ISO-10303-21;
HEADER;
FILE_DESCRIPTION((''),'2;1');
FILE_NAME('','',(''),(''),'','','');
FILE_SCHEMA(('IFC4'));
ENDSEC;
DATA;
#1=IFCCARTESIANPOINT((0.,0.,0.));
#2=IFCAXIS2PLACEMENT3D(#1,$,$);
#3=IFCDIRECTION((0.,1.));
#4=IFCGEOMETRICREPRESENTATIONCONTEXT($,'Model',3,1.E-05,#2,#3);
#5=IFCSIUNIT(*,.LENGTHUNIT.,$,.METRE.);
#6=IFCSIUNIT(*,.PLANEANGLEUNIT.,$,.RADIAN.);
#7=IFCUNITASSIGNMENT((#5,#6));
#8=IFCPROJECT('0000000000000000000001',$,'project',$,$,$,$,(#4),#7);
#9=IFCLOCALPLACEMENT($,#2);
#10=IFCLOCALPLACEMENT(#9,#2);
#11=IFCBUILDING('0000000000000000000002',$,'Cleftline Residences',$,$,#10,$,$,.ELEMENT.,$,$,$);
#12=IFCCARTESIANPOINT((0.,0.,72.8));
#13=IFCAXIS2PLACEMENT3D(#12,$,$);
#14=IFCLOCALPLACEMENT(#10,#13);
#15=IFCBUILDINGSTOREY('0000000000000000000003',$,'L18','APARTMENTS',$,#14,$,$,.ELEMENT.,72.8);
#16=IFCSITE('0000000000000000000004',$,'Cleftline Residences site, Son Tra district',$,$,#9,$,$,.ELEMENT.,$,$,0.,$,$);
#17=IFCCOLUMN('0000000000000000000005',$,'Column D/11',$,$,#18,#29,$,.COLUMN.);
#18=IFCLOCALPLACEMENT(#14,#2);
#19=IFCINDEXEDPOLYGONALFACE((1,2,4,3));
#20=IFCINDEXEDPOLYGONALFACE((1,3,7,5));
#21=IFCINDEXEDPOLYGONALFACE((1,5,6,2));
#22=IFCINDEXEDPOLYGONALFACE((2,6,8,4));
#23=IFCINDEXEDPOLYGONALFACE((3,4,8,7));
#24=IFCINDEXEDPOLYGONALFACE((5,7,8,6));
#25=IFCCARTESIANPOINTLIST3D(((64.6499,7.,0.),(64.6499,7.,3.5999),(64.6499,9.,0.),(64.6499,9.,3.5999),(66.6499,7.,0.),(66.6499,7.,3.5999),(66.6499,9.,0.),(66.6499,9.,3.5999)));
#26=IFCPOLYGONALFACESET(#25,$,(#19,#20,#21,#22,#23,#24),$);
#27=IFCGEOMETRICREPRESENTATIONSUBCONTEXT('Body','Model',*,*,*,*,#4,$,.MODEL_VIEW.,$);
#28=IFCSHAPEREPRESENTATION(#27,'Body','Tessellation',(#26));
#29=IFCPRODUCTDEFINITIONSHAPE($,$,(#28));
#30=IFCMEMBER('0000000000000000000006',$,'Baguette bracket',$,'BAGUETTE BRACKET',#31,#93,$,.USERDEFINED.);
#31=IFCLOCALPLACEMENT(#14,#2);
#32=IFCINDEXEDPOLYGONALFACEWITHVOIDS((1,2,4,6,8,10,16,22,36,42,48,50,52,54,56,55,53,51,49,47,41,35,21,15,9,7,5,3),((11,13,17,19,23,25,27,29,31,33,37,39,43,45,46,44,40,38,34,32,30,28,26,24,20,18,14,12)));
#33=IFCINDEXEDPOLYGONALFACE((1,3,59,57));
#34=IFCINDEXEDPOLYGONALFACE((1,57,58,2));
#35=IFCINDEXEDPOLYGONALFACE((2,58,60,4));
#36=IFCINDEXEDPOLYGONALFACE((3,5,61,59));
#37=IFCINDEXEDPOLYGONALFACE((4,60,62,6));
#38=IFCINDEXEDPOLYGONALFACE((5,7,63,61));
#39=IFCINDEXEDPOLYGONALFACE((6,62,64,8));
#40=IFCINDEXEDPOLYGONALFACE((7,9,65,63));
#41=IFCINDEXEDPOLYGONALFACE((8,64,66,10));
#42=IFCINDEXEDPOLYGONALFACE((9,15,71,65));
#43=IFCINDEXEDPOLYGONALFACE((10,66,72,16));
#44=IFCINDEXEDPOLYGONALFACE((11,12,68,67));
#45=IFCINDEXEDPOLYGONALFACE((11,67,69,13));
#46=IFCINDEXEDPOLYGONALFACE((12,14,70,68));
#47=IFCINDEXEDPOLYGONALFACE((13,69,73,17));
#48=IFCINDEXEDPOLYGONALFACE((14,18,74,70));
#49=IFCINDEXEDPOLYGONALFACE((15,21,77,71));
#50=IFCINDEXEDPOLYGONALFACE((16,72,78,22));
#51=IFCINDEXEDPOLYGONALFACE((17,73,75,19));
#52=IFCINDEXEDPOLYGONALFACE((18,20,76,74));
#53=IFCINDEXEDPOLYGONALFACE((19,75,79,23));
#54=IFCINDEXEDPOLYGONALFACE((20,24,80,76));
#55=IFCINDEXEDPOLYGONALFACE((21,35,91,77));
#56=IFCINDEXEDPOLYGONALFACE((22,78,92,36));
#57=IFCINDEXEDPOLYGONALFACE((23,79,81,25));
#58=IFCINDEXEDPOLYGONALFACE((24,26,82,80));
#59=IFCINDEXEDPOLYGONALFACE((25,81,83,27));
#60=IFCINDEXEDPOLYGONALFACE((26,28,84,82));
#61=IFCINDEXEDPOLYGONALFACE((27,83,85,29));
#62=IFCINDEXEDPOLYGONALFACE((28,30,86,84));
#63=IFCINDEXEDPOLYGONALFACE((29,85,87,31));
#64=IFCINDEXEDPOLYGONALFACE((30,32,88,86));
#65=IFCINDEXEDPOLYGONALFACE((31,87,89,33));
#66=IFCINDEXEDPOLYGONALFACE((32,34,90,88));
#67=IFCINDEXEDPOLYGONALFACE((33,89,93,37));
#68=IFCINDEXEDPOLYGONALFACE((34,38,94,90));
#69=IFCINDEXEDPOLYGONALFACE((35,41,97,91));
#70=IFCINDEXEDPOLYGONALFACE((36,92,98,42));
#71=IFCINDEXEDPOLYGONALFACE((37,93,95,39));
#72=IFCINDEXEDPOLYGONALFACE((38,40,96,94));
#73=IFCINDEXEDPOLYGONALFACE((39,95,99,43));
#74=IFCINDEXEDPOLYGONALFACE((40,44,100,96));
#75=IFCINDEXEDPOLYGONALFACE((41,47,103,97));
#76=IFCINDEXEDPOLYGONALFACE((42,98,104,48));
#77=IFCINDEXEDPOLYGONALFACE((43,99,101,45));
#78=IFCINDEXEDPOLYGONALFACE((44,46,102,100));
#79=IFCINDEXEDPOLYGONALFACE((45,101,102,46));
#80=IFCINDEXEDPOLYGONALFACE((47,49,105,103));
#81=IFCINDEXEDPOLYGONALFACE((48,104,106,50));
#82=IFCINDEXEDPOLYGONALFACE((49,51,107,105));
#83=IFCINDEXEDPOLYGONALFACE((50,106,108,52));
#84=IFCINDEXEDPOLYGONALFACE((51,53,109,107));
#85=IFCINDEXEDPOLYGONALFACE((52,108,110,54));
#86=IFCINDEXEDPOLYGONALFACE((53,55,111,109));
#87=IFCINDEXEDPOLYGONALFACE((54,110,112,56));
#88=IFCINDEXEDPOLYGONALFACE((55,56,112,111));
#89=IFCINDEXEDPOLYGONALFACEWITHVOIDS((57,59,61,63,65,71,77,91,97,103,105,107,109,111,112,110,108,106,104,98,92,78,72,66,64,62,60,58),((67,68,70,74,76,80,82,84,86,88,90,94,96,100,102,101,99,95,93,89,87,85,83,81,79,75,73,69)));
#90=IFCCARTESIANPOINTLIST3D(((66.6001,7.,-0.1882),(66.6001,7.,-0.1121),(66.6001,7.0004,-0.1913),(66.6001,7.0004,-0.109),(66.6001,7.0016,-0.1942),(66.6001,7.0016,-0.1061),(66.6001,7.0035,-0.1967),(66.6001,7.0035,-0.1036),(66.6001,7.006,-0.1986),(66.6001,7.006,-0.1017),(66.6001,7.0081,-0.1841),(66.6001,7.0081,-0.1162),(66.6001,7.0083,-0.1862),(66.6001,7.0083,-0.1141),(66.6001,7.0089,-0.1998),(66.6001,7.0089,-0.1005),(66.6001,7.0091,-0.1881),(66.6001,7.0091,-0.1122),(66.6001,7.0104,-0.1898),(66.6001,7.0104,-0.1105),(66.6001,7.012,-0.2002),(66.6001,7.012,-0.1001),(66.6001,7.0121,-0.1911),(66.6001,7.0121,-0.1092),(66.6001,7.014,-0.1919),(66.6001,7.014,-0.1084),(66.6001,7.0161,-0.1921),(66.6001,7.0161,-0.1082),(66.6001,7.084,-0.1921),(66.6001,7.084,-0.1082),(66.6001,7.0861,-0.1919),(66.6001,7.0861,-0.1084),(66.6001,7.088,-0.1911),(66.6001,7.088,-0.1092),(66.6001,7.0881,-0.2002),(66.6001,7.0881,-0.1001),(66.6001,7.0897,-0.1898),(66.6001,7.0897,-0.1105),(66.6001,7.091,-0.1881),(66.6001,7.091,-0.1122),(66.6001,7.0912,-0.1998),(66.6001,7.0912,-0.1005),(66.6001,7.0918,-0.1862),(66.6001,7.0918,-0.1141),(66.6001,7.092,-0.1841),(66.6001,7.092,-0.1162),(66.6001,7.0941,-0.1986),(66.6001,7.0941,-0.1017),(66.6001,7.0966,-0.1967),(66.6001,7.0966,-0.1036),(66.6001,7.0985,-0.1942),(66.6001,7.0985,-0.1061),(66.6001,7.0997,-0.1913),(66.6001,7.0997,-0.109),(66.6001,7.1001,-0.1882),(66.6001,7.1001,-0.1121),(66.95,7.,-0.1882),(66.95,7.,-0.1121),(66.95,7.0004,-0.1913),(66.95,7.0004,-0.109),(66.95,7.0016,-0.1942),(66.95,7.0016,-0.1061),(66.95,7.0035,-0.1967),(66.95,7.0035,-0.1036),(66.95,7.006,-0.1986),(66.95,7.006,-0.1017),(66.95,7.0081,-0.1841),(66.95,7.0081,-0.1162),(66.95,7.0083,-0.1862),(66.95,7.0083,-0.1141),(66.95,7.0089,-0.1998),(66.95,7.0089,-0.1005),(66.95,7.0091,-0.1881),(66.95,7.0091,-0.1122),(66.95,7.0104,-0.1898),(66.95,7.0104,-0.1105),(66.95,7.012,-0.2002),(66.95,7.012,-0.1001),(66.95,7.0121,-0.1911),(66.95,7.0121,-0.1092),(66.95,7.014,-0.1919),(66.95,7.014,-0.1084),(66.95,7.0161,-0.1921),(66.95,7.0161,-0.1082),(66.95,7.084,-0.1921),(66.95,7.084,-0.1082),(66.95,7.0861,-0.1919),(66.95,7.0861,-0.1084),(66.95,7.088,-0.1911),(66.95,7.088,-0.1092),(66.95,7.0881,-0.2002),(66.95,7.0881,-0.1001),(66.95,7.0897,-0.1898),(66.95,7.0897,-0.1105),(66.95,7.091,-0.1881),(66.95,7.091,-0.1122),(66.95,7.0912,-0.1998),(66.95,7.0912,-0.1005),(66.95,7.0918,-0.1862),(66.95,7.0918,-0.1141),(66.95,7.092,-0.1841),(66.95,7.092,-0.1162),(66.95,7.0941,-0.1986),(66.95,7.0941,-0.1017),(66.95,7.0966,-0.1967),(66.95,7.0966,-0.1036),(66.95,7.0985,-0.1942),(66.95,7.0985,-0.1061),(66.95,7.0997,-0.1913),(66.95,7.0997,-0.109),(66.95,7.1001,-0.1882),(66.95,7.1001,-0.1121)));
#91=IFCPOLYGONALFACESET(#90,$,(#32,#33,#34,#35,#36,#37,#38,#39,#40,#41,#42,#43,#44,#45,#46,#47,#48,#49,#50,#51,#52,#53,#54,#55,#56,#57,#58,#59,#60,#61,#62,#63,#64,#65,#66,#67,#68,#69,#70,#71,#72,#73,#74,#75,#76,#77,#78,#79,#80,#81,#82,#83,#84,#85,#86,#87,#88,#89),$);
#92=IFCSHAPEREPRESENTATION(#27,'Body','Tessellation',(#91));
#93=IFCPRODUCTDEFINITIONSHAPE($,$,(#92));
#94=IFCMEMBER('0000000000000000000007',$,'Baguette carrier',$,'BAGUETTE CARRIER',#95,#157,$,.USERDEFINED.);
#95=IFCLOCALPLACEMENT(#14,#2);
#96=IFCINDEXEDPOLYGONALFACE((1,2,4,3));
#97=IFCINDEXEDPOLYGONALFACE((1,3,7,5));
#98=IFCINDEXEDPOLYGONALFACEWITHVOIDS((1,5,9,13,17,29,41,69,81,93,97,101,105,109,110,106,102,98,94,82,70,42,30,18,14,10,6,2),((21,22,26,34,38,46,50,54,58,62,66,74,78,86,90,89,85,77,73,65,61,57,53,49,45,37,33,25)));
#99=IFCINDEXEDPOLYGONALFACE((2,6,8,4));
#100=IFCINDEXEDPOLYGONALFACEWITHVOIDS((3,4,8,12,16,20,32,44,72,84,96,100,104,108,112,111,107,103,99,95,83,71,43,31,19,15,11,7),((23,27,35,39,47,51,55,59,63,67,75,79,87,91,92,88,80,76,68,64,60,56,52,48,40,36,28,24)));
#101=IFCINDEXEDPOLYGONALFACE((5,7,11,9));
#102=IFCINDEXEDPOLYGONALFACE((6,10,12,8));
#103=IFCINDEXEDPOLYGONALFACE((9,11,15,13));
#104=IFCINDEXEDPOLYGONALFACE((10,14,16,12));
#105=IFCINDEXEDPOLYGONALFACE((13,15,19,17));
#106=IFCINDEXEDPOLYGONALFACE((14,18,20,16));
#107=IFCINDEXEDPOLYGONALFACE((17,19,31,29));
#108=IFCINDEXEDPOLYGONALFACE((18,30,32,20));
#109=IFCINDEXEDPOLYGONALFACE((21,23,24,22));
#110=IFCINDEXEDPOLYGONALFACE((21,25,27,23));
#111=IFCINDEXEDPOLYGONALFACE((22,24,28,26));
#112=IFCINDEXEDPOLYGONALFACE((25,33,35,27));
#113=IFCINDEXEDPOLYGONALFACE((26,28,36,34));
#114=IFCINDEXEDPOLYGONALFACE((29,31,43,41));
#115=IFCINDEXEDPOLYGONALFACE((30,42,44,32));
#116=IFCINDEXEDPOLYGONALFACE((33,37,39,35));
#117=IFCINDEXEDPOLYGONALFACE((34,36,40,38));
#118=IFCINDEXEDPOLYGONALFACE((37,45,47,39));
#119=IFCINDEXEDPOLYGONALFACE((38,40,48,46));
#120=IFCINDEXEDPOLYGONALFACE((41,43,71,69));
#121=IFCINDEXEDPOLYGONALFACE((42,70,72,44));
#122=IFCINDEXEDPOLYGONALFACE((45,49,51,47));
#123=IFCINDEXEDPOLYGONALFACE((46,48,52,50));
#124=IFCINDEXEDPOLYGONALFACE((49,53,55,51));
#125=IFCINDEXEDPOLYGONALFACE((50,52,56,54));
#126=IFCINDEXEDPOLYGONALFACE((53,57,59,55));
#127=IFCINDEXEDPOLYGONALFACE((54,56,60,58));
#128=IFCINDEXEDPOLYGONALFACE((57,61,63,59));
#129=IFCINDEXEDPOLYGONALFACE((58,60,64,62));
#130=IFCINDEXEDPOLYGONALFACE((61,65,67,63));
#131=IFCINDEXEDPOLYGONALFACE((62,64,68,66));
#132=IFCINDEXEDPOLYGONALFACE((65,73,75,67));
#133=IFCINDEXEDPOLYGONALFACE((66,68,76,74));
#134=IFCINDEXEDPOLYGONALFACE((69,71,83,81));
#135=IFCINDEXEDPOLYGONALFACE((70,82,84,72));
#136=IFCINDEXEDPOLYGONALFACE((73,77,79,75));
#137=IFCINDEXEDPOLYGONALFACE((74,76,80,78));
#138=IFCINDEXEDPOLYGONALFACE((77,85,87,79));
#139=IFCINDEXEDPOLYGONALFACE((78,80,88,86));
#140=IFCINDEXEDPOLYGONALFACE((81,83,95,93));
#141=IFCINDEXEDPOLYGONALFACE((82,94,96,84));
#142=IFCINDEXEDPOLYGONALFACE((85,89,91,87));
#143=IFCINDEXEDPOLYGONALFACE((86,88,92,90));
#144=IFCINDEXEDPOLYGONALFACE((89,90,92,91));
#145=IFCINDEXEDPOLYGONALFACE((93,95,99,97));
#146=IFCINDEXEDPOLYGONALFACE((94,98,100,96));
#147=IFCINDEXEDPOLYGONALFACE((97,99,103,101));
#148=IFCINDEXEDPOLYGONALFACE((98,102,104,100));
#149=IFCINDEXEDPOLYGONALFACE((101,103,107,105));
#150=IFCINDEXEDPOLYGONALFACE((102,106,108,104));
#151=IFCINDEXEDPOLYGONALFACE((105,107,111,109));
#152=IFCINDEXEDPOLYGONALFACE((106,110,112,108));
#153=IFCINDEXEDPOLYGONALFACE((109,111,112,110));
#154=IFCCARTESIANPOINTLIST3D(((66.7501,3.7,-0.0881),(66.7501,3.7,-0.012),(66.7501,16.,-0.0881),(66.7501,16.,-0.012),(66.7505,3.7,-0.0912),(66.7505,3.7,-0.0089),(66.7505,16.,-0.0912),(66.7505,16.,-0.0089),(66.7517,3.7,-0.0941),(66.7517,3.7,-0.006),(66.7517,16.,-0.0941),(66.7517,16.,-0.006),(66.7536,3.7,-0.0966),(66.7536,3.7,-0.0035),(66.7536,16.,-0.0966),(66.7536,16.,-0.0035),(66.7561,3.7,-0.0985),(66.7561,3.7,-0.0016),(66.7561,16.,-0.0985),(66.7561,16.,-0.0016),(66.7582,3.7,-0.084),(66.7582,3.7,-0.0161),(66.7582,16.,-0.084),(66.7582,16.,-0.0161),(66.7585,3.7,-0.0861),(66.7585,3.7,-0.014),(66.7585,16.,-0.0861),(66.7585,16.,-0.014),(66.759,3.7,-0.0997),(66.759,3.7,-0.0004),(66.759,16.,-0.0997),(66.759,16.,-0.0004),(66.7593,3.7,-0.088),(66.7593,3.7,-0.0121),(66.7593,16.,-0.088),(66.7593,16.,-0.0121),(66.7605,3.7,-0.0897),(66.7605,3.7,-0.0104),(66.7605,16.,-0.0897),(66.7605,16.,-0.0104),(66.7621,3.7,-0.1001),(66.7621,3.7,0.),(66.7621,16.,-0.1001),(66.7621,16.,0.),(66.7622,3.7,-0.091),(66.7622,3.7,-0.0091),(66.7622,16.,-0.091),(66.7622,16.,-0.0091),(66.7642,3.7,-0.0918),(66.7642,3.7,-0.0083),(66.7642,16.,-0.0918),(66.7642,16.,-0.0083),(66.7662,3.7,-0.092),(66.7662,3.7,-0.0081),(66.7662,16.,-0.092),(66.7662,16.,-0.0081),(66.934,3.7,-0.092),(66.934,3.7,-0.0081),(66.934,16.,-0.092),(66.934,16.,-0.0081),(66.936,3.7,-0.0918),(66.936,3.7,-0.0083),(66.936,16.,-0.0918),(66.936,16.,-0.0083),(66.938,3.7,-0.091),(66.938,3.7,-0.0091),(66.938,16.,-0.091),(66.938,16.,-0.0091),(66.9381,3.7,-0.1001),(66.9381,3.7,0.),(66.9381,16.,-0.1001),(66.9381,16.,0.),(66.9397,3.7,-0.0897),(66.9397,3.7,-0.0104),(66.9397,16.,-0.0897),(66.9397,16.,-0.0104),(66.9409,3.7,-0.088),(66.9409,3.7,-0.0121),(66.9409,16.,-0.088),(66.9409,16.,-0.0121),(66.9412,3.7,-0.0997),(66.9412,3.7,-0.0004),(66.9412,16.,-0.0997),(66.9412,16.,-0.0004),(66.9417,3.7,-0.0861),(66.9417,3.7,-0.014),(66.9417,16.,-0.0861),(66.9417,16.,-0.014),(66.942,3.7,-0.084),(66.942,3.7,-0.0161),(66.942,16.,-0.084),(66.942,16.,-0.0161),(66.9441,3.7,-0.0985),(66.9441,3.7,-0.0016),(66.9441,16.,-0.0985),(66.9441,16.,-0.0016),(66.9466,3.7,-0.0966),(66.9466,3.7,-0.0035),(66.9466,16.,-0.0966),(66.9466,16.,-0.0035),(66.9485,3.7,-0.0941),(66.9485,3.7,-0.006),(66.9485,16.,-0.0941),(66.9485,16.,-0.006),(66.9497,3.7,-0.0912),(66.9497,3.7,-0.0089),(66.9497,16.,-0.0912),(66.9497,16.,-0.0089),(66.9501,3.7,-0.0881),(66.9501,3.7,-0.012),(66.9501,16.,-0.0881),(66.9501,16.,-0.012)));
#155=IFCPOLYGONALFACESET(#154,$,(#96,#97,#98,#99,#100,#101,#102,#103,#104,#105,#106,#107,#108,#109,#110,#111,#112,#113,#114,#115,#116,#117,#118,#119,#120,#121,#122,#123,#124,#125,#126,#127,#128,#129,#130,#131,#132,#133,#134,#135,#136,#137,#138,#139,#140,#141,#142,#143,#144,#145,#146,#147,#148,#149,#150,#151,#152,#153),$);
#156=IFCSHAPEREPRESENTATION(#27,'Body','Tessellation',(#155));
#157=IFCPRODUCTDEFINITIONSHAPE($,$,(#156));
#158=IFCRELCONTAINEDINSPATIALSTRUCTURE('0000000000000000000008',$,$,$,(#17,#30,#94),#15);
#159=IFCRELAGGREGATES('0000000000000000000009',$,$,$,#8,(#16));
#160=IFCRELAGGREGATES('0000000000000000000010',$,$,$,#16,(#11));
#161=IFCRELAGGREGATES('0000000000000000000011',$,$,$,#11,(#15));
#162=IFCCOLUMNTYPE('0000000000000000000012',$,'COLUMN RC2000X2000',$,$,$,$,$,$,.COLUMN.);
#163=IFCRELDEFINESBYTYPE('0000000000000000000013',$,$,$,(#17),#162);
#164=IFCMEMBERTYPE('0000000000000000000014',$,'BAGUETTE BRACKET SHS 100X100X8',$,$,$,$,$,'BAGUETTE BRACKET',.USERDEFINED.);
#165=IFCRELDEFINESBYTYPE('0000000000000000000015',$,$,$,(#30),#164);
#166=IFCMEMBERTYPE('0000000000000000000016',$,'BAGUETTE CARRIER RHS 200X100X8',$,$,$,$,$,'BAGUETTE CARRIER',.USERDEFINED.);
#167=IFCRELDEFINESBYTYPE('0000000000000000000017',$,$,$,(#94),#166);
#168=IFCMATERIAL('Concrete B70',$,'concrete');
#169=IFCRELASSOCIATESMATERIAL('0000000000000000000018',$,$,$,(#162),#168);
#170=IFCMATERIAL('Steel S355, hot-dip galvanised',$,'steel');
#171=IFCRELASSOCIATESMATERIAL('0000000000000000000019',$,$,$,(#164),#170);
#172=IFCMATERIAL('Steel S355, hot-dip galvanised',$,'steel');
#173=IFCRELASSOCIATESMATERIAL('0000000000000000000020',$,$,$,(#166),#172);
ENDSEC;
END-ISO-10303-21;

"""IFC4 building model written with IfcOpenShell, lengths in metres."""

from ifc_helpers import new_model, si_unit, direction, frame, origin, origin_2d, place, context, subcontext, project, spatial, rectangle, hollow_rectangle, extrude, material, material_profile, profile_set, type_object, element, save


model = new_model("IFC4")

# Units and contexts
model_context = context("Model", 3, precision=1e-05, world=origin(), true_north=direction((0.0, 1.0)))
body_context = subcontext(model_context, "Body", "Model", "MODEL_VIEW")
ifc_project = project(units=[si_unit("LENGTHUNIT", "METRE"), si_unit("PLANEANGLEUNIT", "RADIAN")], contexts=[model_context])

# Site, building, storey
site_placement = place(None, origin())
site = spatial("IfcSite", under=ifc_project, at=site_placement, Name="Cleftline Residences site, Son Tra district", CompositionType="ELEMENT", RefElevation=0.0)
building_placement = place(site_placement, origin())
building = spatial("IfcBuilding", under=site, at=building_placement, Name="Cleftline Residences", CompositionType="ELEMENT")
storey_placement = place(building_placement, frame((0.0, 0.0, 72.8)))
storey = spatial("IfcBuildingStorey", under=building, at=storey_placement, Name="L18", Description="APARTMENTS", CompositionType="ELEMENT", Elevation=72.8)

# Column
ifc_material_1 = material(Name="Concrete B70", Category="concrete")
ifc_material_profile_1 = material_profile(ifc_material_1, rectangle(XDim=2.0, YDim=2.0, at=origin_2d()))
ifc_profile_set_1 = profile_set([ifc_material_profile_1], Name="Concrete B70")
column_type = type_object("IfcColumnType", Name="COLUMN RC2000X2000", PredefinedType="COLUMN", material=ifc_profile_set_1)
column_placement = place(storey_placement, frame((65.6499, 8.0, 0.0), z_axis=(0.0, 0.0, 1.0), x_axis=(1.0, 0.0, 0.0)))
element("IfcColumn", 1, at=column_placement, inside=storey, type_object=column_type, Name="Column D/11", PredefinedType="COLUMN", context=body_context, shape_type="SweptSolid", body=[
    extrude(rectangle(XDim=2.0, YDim=2.0, at=origin_2d()), origin(), (0.0, 0.0, 1.0), 3.5999),
])

# Members
ifc_material_2 = material(Name="Steel S355, hot-dip galvanised", Category="steel")
ifc_material_profile_2 = material_profile(ifc_material_2, hollow_rectangle(XDim=0.1001, YDim=0.1001, WallThickness=0.0081, InnerFilletRadius=0.0081, OuterFilletRadius=0.012, at=origin_2d()))
ifc_profile_set_2 = profile_set([ifc_material_profile_2], Name="Steel S355, hot-dip galvanised")
member_type_1 = type_object("IfcMemberType", Name="BAGUETTE BRACKET SHS 100X100X8", ElementType="BAGUETTE BRACKET", PredefinedType="USERDEFINED", material=ifc_profile_set_2)
member_1_placement = place(storey_placement, frame((66.6001, 7.05, -0.1501), z_axis=(1.0, 0.0, 0.0), x_axis=(0.0, 1.0, 0.0)))
element("IfcMember", 2, at=member_1_placement, inside=storey, type_object=member_type_1, Name="Baguette bracket", ObjectType="BAGUETTE BRACKET", PredefinedType="USERDEFINED", context=body_context, shape_type="SweptSolid", body=[
    extrude(hollow_rectangle(XDim=0.1001, YDim=0.1001, WallThickness=0.0081, InnerFilletRadius=0.0081, OuterFilletRadius=0.012, at=origin_2d()), origin(), (0.0, 0.0, 1.0), 0.3499),
])
ifc_material_3 = material(Name="Steel S355, hot-dip galvanised", Category="steel")
ifc_material_profile_3 = material_profile(ifc_material_3, hollow_rectangle(XDim=0.1001, YDim=0.2, WallThickness=0.0081, InnerFilletRadius=0.0081, OuterFilletRadius=0.012, at=origin_2d()))
ifc_profile_set_3 = profile_set([ifc_material_profile_3], Name="Steel S355, hot-dip galvanised")
member_type_2 = type_object("IfcMemberType", Name="BAGUETTE CARRIER RHS 200X100X8", ElementType="BAGUETTE CARRIER", PredefinedType="USERDEFINED", material=ifc_profile_set_3)
member_2_placement = place(storey_placement, frame((66.8501, 3.7, -0.05), z_axis=(0.0, 1.0, 0.0), x_axis=(0.0, 0.0, 1.0)))
element("IfcMember", 3, at=member_2_placement, inside=storey, type_object=member_type_2, Name="Baguette carrier", ObjectType="BAGUETTE CARRIER", PredefinedType="USERDEFINED", context=body_context, shape_type="SweptSolid", body=[
    extrude(hollow_rectangle(XDim=0.1001, YDim=0.2, WallThickness=0.0081, InnerFilletRadius=0.0081, OuterFilletRadius=0.012, at=origin_2d()), origin(), (0.0, 0.0, 1.0), 12.3),
])

save(model, "model.ifc")
